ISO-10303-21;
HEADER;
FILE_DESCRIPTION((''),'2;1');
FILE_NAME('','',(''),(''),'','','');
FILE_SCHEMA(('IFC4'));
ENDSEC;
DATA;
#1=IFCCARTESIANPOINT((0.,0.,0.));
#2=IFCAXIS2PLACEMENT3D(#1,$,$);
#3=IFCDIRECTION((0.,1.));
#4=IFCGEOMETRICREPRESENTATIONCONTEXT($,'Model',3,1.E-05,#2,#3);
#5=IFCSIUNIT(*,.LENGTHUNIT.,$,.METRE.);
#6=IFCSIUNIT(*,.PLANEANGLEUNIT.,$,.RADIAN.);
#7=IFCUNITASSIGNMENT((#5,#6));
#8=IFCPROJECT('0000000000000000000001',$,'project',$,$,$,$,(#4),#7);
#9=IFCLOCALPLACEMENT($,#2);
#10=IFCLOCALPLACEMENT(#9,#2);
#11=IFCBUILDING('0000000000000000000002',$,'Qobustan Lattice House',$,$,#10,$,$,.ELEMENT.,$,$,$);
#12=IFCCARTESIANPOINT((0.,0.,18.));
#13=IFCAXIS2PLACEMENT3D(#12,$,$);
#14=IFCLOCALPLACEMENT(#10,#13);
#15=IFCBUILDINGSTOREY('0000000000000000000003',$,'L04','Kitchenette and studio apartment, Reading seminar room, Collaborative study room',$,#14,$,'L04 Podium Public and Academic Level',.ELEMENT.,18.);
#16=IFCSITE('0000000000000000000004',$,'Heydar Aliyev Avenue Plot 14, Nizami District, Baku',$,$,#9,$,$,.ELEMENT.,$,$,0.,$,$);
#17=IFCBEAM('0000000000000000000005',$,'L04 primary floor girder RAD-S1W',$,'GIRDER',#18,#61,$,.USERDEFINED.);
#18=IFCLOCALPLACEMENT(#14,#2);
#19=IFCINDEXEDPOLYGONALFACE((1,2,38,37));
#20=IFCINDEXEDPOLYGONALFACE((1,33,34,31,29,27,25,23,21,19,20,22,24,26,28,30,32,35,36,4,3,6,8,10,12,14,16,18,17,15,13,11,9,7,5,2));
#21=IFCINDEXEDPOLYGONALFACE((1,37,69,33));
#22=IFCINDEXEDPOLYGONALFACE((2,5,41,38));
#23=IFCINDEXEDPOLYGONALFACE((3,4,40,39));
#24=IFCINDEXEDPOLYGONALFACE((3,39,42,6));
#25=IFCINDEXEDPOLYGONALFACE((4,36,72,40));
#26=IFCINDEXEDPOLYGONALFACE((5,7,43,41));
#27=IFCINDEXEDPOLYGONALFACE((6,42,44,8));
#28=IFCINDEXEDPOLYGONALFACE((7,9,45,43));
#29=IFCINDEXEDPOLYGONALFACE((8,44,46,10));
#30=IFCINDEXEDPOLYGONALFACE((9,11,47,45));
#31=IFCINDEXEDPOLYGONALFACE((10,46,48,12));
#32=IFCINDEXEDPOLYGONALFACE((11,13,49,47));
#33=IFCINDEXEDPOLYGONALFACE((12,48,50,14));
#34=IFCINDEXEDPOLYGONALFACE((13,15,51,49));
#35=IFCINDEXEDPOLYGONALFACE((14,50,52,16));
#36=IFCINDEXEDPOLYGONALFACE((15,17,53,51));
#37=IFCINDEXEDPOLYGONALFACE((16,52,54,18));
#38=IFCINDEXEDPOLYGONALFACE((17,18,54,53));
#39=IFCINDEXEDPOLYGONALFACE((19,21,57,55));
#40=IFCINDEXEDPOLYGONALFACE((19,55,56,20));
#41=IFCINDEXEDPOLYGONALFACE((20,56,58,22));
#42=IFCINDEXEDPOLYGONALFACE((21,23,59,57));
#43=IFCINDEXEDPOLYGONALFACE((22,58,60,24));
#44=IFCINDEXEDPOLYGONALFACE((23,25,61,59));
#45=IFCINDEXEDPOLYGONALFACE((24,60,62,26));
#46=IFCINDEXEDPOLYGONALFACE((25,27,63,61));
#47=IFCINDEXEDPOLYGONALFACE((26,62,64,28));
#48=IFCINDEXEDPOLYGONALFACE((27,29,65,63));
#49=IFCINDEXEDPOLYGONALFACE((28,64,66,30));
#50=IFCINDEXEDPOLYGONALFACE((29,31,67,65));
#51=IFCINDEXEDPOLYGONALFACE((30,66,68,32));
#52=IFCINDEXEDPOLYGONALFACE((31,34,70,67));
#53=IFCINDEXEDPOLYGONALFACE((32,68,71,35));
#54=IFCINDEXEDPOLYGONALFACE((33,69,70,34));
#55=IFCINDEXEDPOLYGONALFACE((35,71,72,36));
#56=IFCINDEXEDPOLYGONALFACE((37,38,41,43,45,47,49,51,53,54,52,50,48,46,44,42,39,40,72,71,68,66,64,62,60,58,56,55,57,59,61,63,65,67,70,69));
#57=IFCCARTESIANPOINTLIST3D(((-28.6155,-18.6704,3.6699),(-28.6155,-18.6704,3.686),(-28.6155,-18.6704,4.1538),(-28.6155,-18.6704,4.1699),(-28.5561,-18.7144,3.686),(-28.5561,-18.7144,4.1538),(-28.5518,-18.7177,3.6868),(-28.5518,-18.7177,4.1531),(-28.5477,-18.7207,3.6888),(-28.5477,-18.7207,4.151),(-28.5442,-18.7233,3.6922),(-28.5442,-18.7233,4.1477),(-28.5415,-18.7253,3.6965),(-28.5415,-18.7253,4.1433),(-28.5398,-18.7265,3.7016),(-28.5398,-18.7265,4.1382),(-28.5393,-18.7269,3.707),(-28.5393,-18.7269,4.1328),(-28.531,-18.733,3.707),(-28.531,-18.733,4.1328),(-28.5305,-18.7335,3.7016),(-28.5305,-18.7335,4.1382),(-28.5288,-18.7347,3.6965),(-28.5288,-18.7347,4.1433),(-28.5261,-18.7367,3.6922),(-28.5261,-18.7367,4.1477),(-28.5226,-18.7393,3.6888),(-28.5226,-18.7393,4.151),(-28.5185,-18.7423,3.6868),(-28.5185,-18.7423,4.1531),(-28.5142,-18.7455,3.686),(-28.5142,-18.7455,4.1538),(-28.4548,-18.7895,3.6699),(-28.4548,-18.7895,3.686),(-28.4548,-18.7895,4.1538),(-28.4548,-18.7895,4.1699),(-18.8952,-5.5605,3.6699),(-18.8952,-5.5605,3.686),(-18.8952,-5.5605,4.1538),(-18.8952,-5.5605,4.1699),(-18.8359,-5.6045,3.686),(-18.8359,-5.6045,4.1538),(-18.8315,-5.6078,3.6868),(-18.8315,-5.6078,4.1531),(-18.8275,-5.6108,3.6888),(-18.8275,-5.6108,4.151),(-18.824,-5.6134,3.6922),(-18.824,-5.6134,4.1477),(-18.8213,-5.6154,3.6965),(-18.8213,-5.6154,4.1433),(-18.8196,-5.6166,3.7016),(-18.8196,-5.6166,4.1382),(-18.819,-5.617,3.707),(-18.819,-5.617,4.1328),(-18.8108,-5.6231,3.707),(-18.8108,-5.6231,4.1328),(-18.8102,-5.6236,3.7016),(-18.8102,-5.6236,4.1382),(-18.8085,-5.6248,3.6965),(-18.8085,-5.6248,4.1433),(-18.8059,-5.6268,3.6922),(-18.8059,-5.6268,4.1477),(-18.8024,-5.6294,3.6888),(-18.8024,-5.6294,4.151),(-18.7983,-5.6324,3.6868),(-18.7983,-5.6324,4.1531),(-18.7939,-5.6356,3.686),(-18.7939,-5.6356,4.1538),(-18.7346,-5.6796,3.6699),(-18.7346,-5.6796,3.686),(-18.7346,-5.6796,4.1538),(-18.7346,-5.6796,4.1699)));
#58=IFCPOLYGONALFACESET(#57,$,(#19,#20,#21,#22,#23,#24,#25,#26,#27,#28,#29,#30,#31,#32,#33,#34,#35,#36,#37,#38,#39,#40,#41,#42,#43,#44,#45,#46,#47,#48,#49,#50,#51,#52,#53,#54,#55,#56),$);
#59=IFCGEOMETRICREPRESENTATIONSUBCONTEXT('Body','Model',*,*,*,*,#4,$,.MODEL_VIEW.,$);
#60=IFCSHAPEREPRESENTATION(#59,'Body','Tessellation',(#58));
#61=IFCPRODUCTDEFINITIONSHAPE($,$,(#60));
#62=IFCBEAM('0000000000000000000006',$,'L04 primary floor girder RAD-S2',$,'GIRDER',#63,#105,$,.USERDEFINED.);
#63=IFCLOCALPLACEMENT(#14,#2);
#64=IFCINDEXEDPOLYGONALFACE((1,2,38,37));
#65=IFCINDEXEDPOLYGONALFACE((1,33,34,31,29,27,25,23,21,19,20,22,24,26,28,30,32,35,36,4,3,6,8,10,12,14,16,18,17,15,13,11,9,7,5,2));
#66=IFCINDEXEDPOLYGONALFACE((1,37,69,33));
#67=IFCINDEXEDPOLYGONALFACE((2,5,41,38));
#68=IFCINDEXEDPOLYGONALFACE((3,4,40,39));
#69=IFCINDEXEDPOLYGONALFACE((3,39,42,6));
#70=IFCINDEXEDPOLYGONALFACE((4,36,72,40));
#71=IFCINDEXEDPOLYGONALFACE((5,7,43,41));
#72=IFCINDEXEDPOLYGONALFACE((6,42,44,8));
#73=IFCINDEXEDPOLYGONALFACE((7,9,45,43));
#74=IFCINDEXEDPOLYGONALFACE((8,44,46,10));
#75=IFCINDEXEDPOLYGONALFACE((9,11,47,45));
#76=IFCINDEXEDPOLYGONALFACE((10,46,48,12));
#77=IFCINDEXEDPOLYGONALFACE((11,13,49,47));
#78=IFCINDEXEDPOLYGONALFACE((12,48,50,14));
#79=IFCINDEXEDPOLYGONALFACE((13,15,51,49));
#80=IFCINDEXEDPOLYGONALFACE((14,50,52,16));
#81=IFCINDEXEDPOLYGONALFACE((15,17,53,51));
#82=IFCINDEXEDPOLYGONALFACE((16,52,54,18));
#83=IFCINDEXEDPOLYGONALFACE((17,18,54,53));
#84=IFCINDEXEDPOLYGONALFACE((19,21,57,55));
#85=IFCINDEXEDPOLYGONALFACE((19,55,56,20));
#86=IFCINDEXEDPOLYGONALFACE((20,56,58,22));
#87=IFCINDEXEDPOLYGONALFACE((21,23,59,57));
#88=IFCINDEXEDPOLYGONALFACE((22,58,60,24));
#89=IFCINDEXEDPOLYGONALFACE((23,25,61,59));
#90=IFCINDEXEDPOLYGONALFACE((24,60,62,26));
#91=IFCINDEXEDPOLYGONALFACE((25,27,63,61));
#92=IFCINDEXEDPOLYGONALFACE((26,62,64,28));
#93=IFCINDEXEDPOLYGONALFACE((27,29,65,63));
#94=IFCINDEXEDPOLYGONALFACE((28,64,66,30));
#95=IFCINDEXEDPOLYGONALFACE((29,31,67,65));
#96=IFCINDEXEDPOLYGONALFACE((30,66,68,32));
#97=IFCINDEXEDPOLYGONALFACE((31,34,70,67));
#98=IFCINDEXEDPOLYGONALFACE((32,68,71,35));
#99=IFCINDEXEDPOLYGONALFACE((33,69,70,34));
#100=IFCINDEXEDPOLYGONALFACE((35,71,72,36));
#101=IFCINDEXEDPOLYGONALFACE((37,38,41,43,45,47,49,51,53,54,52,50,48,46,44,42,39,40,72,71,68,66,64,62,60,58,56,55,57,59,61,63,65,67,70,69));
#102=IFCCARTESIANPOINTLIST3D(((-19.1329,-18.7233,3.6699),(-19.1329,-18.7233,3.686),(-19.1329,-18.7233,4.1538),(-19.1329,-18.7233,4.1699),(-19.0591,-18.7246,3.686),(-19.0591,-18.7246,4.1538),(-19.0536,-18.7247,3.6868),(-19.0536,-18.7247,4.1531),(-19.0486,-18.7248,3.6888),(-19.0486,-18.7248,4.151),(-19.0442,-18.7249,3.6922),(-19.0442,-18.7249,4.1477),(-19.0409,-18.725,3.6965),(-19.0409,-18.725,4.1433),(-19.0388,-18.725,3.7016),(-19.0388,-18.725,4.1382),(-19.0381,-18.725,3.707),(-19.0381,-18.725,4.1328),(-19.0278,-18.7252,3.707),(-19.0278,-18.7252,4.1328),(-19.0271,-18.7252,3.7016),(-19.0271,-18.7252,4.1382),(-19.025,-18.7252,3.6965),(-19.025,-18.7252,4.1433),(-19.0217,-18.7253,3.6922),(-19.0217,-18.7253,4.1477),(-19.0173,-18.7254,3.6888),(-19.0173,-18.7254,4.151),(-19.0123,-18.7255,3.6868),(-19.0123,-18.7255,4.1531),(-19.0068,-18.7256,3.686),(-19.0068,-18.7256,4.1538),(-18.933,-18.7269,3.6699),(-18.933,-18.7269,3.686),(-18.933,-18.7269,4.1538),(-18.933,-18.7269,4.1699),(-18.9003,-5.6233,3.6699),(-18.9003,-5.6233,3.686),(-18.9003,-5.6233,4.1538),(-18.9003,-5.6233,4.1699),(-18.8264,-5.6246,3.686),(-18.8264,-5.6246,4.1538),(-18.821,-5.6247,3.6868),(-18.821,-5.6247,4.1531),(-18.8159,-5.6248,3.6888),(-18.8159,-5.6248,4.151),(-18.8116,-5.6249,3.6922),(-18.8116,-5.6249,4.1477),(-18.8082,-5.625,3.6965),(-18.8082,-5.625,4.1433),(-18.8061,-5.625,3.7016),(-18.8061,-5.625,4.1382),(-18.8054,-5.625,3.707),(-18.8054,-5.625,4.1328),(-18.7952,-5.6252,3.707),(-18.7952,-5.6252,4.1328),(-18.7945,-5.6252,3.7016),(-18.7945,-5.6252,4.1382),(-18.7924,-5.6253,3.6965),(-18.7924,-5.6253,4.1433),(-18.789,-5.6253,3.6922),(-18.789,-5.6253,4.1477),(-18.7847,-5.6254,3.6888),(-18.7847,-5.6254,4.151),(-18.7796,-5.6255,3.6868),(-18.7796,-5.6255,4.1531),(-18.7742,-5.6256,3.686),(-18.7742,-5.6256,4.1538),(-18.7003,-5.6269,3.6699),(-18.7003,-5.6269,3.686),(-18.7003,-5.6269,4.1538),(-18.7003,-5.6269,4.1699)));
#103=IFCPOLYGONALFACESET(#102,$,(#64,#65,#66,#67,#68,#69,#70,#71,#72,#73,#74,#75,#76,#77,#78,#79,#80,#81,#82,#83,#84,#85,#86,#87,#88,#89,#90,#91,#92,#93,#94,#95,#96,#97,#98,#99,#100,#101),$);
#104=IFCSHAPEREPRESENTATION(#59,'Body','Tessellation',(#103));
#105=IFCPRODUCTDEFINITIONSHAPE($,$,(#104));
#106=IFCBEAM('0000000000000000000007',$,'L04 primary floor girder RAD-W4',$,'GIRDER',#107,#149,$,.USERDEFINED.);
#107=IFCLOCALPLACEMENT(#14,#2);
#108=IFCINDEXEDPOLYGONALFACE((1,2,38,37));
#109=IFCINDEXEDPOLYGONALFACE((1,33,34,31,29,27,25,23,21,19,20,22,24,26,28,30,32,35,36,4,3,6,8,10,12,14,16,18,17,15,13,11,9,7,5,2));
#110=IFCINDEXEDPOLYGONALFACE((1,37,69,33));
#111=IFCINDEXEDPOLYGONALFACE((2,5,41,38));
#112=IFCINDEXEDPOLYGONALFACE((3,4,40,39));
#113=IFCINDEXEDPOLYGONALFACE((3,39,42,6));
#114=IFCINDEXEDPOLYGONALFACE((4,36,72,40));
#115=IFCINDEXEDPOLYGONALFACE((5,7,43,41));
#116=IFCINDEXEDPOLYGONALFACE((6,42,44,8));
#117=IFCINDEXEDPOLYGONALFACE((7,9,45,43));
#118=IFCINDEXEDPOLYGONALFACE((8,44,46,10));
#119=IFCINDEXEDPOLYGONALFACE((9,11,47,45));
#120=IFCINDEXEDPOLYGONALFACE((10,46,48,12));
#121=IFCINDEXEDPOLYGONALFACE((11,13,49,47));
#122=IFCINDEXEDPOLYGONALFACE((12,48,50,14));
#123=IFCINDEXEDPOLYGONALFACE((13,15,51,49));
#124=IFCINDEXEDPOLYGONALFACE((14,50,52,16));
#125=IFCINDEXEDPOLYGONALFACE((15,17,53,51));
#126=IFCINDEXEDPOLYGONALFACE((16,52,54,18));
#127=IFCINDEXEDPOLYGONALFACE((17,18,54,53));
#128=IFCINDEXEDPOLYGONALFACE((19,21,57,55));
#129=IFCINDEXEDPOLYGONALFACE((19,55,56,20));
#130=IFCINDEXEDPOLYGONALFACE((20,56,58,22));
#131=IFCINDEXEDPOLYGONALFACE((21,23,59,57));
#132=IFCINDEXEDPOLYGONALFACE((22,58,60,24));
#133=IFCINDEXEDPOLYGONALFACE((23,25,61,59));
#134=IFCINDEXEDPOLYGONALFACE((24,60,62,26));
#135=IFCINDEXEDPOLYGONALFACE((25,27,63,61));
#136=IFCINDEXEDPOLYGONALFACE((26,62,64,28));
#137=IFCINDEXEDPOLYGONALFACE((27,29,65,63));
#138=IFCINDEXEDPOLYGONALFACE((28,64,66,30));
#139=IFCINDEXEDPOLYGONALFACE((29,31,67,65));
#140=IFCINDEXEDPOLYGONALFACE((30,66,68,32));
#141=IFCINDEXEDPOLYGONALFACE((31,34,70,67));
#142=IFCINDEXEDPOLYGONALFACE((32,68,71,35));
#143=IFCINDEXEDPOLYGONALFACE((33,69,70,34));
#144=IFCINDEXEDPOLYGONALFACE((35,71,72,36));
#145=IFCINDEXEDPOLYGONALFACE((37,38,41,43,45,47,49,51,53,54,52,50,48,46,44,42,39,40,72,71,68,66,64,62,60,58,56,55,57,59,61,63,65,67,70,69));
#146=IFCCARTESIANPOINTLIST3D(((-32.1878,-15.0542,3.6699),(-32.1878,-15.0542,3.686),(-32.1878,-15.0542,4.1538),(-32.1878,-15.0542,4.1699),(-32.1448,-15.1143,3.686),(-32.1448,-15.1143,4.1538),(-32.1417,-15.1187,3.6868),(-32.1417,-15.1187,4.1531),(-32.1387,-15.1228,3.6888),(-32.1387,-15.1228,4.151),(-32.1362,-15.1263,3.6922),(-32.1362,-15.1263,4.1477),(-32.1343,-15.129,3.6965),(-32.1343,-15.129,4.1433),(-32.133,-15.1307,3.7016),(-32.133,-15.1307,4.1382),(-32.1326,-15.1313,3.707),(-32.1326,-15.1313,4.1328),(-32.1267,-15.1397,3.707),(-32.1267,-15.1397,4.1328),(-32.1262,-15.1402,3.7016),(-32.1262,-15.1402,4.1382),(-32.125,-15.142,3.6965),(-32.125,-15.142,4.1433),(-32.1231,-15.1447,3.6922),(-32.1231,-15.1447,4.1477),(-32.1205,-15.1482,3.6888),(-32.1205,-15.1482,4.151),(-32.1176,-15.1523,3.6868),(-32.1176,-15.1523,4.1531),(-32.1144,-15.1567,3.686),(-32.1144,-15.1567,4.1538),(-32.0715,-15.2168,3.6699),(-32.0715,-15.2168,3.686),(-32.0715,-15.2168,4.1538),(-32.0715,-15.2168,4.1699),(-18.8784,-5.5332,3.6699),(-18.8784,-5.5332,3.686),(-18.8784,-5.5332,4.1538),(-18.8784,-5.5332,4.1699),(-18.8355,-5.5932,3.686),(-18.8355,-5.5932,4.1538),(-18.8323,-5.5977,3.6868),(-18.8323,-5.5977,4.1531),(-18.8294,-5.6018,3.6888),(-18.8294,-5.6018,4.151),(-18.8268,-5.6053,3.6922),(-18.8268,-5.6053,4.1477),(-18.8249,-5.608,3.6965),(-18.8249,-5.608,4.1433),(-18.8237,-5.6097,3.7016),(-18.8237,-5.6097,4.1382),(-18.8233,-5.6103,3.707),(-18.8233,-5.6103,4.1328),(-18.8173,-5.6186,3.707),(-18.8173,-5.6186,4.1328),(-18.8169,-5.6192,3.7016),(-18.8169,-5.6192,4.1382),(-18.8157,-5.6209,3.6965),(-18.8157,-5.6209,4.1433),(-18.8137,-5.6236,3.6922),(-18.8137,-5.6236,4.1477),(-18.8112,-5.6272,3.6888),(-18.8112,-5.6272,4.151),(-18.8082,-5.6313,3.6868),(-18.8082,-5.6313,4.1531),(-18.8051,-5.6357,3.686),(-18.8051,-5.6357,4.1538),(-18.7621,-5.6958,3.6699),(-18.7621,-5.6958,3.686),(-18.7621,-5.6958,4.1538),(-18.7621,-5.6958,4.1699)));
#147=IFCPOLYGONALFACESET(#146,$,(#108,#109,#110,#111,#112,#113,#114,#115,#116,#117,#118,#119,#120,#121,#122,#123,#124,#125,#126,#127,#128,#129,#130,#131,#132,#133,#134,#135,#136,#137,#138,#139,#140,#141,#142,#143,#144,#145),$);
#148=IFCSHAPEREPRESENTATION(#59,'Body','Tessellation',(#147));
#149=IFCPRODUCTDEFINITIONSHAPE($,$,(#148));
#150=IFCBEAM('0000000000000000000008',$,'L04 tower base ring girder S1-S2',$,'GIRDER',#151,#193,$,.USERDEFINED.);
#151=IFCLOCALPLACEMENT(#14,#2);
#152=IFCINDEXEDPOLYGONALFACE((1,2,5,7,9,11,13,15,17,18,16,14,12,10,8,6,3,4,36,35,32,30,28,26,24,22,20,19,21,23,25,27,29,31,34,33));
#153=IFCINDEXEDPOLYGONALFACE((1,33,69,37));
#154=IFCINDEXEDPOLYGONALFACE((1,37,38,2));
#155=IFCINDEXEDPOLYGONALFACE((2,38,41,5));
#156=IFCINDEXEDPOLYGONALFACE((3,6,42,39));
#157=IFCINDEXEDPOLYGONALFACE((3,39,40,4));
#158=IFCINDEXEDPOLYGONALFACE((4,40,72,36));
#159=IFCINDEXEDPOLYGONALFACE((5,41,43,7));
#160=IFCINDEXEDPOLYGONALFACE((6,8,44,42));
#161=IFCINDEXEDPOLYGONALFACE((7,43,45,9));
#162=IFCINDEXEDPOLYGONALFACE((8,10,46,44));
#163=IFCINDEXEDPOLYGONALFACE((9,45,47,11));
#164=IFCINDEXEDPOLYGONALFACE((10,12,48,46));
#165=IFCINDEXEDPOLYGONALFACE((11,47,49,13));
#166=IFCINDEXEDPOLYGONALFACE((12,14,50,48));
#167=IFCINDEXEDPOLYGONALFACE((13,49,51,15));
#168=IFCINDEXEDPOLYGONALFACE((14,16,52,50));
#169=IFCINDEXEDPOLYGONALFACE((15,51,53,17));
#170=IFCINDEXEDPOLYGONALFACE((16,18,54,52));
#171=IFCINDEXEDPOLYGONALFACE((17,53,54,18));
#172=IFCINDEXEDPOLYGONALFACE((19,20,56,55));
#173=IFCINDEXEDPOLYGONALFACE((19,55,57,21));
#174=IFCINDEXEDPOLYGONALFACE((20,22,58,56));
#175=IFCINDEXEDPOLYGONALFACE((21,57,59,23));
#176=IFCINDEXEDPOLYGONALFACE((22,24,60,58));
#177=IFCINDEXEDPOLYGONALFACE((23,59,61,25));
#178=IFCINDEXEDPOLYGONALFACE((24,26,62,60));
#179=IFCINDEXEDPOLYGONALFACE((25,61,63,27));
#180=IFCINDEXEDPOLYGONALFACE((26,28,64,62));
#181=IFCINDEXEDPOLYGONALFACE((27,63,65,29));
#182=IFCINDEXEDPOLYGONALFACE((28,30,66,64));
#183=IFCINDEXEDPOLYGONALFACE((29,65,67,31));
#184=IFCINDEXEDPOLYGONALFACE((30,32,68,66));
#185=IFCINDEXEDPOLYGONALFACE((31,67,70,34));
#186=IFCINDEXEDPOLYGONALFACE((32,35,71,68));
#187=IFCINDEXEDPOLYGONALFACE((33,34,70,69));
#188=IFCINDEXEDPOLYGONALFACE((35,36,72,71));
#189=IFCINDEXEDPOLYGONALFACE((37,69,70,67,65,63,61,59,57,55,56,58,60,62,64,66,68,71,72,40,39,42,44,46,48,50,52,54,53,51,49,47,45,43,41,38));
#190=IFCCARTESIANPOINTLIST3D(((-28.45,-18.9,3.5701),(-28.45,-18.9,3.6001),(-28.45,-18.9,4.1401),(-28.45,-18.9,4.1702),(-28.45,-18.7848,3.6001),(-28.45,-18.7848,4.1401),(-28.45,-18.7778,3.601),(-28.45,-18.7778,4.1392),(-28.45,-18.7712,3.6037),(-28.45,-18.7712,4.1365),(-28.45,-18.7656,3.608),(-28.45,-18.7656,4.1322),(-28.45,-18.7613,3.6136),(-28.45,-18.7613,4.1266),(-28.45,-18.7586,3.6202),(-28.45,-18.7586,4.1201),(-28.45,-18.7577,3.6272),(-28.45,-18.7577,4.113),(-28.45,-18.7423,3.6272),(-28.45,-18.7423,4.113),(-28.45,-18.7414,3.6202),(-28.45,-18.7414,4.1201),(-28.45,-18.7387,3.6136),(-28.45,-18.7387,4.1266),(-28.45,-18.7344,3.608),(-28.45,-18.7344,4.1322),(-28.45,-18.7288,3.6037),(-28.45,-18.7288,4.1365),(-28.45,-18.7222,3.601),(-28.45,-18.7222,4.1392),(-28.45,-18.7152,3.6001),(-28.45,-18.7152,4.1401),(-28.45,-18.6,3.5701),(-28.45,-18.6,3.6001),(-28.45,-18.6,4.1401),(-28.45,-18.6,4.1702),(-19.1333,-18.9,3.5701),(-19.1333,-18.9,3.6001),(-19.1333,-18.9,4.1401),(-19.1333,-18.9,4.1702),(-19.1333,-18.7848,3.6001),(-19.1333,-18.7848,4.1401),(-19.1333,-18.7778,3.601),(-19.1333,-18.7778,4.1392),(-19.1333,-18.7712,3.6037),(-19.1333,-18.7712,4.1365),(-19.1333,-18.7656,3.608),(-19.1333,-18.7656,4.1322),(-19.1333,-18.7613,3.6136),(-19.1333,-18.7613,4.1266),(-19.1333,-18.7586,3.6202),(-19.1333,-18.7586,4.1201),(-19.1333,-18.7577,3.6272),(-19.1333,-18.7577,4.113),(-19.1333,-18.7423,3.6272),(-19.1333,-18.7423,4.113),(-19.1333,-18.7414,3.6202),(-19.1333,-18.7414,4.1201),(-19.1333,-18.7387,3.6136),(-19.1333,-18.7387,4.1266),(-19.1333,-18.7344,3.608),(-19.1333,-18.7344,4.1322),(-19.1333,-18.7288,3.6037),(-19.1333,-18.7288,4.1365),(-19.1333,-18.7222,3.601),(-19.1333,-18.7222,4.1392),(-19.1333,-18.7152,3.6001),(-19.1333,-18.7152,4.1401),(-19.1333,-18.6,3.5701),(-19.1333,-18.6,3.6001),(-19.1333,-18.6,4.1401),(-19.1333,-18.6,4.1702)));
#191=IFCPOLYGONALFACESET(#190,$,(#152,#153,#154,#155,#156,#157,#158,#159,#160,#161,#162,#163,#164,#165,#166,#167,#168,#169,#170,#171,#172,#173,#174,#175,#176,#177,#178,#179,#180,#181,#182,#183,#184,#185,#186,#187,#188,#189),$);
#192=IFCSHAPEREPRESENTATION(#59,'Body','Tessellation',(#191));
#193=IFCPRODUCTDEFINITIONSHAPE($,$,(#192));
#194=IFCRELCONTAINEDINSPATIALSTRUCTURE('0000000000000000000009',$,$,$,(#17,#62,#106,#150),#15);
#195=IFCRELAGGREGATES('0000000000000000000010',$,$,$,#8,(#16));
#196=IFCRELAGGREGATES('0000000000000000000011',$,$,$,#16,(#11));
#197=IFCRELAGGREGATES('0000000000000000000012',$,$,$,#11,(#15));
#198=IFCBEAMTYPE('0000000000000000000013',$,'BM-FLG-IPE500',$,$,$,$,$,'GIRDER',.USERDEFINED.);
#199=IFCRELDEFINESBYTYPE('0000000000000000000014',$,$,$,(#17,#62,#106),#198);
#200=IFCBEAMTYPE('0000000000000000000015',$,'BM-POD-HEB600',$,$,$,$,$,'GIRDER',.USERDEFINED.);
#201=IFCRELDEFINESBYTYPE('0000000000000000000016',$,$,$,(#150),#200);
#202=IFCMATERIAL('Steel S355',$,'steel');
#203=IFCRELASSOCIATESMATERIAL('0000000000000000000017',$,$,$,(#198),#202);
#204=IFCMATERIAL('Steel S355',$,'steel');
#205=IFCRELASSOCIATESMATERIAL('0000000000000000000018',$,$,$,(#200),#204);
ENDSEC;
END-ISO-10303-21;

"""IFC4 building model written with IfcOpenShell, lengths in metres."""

from ifc_helpers import new_model, si_unit, direction, frame, origin, origin_2d, place, context, subcontext, project, spatial, i_section, extrude, material, material_profile, profile_set, type_object, element, save


model = new_model("IFC4")

# Units and contexts
model_context = context("Model", 3, precision=1e-05, world=origin(), true_north=direction((0.0, 1.0)))
body_context = subcontext(model_context, "Body", "Model", "MODEL_VIEW")
ifc_project = project(units=[si_unit("LENGTHUNIT", "METRE"), si_unit("PLANEANGLEUNIT", "RADIAN")], contexts=[model_context])

# Site, building, storey
site_placement = place(None, origin())
site = spatial("IfcSite", under=ifc_project, at=site_placement, Name="Heydar Aliyev Avenue Plot 14, Nizami District, Baku", CompositionType="ELEMENT", RefElevation=0.0)
building_placement = place(site_placement, origin())
building = spatial("IfcBuilding", under=site, at=building_placement, Name="Qobustan Lattice House", CompositionType="ELEMENT")
storey_placement = place(building_placement, frame((0.0, 0.0, 18.0)))
storey = spatial("IfcBuildingStorey", under=building, at=storey_placement, Name="L04", Description="Kitchenette and studio apartment, Reading seminar room, Collaborative study room", LongName="L04 Podium Public and Academic Level", CompositionType="ELEMENT", Elevation=18.0)

# Beams
ifc_material_1 = material(Name="Steel S355", Category="steel")
ifc_material_profile_1 = material_profile(ifc_material_1, i_section(OverallWidth=0.2, OverallDepth=0.5, WebThickness=0.0103, FlangeThickness=0.0161, FilletRadius=0.021, at=origin_2d()), Name="IPE500")
ifc_profile_set_1 = profile_set([ifc_material_profile_1], Name="Steel S355")
beam_type_1 = type_object("IfcBeamType", Name="BM-FLG-IPE500", ElementType="GIRDER", PredefinedType="USERDEFINED", material=ifc_profile_set_1)
beam_1_placement = place(storey_placement, frame((-28.5352, -18.73, 3.9199), z_axis=(0.595592, 0.803287, 0.0), x_axis=(-0.803287, 0.595592, 0.0)))
element("IfcBeam", 1, at=beam_1_placement, inside=storey, type_object=beam_type_1, Name="L04 primary floor girder RAD-S1W", ObjectType="GIRDER", PredefinedType="USERDEFINED", context=body_context, shape_type="SweptSolid", body=[
    extrude(i_section(OverallWidth=0.2, OverallDepth=0.5, WebThickness=0.0103, FlangeThickness=0.0161, FilletRadius=0.021, at=origin_2d()), origin(), (0.0, 0.0, 1.0), 16.3203),
])
beam_2_placement = place(storey_placement, frame((-19.033, -18.7251, 3.9199), z_axis=(0.017758, 0.999842, 0.0), x_axis=(-0.999842, 0.017758, 0.0)))
element("IfcBeam", 2, at=beam_2_placement, inside=storey, type_object=beam_type_1, Name="L04 primary floor girder RAD-S2", ObjectType="GIRDER", PredefinedType="USERDEFINED", context=body_context, shape_type="SweptSolid", body=[
    extrude(i_section(OverallWidth=0.2, OverallDepth=0.5, WebThickness=0.0103, FlangeThickness=0.0161, FilletRadius=0.021, at=origin_2d()), origin(), (0.0, 0.0, 1.0), 13.1021),
])
beam_3_placement = place(storey_placement, frame((-32.1296, -15.1355, 3.9199), z_axis=(0.813319, 0.581818, 0.0), x_axis=(-0.581818, 0.813319, 0.0)))
element("IfcBeam", 3, at=beam_3_placement, inside=storey, type_object=beam_type_1, Name="L04 primary floor girder RAD-W4", ObjectType="GIRDER", PredefinedType="USERDEFINED", context=body_context, shape_type="SweptSolid", body=[
    extrude(i_section(OverallWidth=0.2, OverallDepth=0.5, WebThickness=0.0103, FlangeThickness=0.0161, FilletRadius=0.021, at=origin_2d()), origin(), (0.0, 0.0, 1.0), 16.3643),
])
ifc_material_2 = material(Name="Steel S355", Category="steel")
ifc_material_profile_2 = material_profile(ifc_material_2, i_section(OverallWidth=0.3, OverallDepth=0.6001, WebThickness=0.0154, FlangeThickness=0.03, FilletRadius=0.0271, at=origin_2d()), Name="HEB600")
ifc_profile_set_2 = profile_set([ifc_material_profile_2], Name="Steel S355")
beam_type_2 = type_object("IfcBeamType", Name="BM-POD-HEB600", ElementType="GIRDER", PredefinedType="USERDEFINED", material=ifc_profile_set_2)
for number, where, z_axis, x_axis, name in (
    (4, (-28.45, -18.75, 3.8701), (1.0, 0.0, 0.0), (0.0, 1.0, 0.0), "L04 tower base ring girder S1-S2"),
):
    element("IfcBeam", number, at=place(storey_placement, frame(where, z_axis=z_axis, x_axis=x_axis)), inside=storey, type_object=beam_type_2, Name=name, ObjectType="GIRDER", PredefinedType="USERDEFINED", context=body_context, shape_type="SweptSolid", body=[
        extrude(i_section(OverallWidth=0.3, OverallDepth=0.6001, WebThickness=0.0154, FlangeThickness=0.03, FilletRadius=0.0271, at=origin_2d()), origin(), (0.0, 0.0, 1.0), 9.3167),
    ])

save(model, "model.ifc")
